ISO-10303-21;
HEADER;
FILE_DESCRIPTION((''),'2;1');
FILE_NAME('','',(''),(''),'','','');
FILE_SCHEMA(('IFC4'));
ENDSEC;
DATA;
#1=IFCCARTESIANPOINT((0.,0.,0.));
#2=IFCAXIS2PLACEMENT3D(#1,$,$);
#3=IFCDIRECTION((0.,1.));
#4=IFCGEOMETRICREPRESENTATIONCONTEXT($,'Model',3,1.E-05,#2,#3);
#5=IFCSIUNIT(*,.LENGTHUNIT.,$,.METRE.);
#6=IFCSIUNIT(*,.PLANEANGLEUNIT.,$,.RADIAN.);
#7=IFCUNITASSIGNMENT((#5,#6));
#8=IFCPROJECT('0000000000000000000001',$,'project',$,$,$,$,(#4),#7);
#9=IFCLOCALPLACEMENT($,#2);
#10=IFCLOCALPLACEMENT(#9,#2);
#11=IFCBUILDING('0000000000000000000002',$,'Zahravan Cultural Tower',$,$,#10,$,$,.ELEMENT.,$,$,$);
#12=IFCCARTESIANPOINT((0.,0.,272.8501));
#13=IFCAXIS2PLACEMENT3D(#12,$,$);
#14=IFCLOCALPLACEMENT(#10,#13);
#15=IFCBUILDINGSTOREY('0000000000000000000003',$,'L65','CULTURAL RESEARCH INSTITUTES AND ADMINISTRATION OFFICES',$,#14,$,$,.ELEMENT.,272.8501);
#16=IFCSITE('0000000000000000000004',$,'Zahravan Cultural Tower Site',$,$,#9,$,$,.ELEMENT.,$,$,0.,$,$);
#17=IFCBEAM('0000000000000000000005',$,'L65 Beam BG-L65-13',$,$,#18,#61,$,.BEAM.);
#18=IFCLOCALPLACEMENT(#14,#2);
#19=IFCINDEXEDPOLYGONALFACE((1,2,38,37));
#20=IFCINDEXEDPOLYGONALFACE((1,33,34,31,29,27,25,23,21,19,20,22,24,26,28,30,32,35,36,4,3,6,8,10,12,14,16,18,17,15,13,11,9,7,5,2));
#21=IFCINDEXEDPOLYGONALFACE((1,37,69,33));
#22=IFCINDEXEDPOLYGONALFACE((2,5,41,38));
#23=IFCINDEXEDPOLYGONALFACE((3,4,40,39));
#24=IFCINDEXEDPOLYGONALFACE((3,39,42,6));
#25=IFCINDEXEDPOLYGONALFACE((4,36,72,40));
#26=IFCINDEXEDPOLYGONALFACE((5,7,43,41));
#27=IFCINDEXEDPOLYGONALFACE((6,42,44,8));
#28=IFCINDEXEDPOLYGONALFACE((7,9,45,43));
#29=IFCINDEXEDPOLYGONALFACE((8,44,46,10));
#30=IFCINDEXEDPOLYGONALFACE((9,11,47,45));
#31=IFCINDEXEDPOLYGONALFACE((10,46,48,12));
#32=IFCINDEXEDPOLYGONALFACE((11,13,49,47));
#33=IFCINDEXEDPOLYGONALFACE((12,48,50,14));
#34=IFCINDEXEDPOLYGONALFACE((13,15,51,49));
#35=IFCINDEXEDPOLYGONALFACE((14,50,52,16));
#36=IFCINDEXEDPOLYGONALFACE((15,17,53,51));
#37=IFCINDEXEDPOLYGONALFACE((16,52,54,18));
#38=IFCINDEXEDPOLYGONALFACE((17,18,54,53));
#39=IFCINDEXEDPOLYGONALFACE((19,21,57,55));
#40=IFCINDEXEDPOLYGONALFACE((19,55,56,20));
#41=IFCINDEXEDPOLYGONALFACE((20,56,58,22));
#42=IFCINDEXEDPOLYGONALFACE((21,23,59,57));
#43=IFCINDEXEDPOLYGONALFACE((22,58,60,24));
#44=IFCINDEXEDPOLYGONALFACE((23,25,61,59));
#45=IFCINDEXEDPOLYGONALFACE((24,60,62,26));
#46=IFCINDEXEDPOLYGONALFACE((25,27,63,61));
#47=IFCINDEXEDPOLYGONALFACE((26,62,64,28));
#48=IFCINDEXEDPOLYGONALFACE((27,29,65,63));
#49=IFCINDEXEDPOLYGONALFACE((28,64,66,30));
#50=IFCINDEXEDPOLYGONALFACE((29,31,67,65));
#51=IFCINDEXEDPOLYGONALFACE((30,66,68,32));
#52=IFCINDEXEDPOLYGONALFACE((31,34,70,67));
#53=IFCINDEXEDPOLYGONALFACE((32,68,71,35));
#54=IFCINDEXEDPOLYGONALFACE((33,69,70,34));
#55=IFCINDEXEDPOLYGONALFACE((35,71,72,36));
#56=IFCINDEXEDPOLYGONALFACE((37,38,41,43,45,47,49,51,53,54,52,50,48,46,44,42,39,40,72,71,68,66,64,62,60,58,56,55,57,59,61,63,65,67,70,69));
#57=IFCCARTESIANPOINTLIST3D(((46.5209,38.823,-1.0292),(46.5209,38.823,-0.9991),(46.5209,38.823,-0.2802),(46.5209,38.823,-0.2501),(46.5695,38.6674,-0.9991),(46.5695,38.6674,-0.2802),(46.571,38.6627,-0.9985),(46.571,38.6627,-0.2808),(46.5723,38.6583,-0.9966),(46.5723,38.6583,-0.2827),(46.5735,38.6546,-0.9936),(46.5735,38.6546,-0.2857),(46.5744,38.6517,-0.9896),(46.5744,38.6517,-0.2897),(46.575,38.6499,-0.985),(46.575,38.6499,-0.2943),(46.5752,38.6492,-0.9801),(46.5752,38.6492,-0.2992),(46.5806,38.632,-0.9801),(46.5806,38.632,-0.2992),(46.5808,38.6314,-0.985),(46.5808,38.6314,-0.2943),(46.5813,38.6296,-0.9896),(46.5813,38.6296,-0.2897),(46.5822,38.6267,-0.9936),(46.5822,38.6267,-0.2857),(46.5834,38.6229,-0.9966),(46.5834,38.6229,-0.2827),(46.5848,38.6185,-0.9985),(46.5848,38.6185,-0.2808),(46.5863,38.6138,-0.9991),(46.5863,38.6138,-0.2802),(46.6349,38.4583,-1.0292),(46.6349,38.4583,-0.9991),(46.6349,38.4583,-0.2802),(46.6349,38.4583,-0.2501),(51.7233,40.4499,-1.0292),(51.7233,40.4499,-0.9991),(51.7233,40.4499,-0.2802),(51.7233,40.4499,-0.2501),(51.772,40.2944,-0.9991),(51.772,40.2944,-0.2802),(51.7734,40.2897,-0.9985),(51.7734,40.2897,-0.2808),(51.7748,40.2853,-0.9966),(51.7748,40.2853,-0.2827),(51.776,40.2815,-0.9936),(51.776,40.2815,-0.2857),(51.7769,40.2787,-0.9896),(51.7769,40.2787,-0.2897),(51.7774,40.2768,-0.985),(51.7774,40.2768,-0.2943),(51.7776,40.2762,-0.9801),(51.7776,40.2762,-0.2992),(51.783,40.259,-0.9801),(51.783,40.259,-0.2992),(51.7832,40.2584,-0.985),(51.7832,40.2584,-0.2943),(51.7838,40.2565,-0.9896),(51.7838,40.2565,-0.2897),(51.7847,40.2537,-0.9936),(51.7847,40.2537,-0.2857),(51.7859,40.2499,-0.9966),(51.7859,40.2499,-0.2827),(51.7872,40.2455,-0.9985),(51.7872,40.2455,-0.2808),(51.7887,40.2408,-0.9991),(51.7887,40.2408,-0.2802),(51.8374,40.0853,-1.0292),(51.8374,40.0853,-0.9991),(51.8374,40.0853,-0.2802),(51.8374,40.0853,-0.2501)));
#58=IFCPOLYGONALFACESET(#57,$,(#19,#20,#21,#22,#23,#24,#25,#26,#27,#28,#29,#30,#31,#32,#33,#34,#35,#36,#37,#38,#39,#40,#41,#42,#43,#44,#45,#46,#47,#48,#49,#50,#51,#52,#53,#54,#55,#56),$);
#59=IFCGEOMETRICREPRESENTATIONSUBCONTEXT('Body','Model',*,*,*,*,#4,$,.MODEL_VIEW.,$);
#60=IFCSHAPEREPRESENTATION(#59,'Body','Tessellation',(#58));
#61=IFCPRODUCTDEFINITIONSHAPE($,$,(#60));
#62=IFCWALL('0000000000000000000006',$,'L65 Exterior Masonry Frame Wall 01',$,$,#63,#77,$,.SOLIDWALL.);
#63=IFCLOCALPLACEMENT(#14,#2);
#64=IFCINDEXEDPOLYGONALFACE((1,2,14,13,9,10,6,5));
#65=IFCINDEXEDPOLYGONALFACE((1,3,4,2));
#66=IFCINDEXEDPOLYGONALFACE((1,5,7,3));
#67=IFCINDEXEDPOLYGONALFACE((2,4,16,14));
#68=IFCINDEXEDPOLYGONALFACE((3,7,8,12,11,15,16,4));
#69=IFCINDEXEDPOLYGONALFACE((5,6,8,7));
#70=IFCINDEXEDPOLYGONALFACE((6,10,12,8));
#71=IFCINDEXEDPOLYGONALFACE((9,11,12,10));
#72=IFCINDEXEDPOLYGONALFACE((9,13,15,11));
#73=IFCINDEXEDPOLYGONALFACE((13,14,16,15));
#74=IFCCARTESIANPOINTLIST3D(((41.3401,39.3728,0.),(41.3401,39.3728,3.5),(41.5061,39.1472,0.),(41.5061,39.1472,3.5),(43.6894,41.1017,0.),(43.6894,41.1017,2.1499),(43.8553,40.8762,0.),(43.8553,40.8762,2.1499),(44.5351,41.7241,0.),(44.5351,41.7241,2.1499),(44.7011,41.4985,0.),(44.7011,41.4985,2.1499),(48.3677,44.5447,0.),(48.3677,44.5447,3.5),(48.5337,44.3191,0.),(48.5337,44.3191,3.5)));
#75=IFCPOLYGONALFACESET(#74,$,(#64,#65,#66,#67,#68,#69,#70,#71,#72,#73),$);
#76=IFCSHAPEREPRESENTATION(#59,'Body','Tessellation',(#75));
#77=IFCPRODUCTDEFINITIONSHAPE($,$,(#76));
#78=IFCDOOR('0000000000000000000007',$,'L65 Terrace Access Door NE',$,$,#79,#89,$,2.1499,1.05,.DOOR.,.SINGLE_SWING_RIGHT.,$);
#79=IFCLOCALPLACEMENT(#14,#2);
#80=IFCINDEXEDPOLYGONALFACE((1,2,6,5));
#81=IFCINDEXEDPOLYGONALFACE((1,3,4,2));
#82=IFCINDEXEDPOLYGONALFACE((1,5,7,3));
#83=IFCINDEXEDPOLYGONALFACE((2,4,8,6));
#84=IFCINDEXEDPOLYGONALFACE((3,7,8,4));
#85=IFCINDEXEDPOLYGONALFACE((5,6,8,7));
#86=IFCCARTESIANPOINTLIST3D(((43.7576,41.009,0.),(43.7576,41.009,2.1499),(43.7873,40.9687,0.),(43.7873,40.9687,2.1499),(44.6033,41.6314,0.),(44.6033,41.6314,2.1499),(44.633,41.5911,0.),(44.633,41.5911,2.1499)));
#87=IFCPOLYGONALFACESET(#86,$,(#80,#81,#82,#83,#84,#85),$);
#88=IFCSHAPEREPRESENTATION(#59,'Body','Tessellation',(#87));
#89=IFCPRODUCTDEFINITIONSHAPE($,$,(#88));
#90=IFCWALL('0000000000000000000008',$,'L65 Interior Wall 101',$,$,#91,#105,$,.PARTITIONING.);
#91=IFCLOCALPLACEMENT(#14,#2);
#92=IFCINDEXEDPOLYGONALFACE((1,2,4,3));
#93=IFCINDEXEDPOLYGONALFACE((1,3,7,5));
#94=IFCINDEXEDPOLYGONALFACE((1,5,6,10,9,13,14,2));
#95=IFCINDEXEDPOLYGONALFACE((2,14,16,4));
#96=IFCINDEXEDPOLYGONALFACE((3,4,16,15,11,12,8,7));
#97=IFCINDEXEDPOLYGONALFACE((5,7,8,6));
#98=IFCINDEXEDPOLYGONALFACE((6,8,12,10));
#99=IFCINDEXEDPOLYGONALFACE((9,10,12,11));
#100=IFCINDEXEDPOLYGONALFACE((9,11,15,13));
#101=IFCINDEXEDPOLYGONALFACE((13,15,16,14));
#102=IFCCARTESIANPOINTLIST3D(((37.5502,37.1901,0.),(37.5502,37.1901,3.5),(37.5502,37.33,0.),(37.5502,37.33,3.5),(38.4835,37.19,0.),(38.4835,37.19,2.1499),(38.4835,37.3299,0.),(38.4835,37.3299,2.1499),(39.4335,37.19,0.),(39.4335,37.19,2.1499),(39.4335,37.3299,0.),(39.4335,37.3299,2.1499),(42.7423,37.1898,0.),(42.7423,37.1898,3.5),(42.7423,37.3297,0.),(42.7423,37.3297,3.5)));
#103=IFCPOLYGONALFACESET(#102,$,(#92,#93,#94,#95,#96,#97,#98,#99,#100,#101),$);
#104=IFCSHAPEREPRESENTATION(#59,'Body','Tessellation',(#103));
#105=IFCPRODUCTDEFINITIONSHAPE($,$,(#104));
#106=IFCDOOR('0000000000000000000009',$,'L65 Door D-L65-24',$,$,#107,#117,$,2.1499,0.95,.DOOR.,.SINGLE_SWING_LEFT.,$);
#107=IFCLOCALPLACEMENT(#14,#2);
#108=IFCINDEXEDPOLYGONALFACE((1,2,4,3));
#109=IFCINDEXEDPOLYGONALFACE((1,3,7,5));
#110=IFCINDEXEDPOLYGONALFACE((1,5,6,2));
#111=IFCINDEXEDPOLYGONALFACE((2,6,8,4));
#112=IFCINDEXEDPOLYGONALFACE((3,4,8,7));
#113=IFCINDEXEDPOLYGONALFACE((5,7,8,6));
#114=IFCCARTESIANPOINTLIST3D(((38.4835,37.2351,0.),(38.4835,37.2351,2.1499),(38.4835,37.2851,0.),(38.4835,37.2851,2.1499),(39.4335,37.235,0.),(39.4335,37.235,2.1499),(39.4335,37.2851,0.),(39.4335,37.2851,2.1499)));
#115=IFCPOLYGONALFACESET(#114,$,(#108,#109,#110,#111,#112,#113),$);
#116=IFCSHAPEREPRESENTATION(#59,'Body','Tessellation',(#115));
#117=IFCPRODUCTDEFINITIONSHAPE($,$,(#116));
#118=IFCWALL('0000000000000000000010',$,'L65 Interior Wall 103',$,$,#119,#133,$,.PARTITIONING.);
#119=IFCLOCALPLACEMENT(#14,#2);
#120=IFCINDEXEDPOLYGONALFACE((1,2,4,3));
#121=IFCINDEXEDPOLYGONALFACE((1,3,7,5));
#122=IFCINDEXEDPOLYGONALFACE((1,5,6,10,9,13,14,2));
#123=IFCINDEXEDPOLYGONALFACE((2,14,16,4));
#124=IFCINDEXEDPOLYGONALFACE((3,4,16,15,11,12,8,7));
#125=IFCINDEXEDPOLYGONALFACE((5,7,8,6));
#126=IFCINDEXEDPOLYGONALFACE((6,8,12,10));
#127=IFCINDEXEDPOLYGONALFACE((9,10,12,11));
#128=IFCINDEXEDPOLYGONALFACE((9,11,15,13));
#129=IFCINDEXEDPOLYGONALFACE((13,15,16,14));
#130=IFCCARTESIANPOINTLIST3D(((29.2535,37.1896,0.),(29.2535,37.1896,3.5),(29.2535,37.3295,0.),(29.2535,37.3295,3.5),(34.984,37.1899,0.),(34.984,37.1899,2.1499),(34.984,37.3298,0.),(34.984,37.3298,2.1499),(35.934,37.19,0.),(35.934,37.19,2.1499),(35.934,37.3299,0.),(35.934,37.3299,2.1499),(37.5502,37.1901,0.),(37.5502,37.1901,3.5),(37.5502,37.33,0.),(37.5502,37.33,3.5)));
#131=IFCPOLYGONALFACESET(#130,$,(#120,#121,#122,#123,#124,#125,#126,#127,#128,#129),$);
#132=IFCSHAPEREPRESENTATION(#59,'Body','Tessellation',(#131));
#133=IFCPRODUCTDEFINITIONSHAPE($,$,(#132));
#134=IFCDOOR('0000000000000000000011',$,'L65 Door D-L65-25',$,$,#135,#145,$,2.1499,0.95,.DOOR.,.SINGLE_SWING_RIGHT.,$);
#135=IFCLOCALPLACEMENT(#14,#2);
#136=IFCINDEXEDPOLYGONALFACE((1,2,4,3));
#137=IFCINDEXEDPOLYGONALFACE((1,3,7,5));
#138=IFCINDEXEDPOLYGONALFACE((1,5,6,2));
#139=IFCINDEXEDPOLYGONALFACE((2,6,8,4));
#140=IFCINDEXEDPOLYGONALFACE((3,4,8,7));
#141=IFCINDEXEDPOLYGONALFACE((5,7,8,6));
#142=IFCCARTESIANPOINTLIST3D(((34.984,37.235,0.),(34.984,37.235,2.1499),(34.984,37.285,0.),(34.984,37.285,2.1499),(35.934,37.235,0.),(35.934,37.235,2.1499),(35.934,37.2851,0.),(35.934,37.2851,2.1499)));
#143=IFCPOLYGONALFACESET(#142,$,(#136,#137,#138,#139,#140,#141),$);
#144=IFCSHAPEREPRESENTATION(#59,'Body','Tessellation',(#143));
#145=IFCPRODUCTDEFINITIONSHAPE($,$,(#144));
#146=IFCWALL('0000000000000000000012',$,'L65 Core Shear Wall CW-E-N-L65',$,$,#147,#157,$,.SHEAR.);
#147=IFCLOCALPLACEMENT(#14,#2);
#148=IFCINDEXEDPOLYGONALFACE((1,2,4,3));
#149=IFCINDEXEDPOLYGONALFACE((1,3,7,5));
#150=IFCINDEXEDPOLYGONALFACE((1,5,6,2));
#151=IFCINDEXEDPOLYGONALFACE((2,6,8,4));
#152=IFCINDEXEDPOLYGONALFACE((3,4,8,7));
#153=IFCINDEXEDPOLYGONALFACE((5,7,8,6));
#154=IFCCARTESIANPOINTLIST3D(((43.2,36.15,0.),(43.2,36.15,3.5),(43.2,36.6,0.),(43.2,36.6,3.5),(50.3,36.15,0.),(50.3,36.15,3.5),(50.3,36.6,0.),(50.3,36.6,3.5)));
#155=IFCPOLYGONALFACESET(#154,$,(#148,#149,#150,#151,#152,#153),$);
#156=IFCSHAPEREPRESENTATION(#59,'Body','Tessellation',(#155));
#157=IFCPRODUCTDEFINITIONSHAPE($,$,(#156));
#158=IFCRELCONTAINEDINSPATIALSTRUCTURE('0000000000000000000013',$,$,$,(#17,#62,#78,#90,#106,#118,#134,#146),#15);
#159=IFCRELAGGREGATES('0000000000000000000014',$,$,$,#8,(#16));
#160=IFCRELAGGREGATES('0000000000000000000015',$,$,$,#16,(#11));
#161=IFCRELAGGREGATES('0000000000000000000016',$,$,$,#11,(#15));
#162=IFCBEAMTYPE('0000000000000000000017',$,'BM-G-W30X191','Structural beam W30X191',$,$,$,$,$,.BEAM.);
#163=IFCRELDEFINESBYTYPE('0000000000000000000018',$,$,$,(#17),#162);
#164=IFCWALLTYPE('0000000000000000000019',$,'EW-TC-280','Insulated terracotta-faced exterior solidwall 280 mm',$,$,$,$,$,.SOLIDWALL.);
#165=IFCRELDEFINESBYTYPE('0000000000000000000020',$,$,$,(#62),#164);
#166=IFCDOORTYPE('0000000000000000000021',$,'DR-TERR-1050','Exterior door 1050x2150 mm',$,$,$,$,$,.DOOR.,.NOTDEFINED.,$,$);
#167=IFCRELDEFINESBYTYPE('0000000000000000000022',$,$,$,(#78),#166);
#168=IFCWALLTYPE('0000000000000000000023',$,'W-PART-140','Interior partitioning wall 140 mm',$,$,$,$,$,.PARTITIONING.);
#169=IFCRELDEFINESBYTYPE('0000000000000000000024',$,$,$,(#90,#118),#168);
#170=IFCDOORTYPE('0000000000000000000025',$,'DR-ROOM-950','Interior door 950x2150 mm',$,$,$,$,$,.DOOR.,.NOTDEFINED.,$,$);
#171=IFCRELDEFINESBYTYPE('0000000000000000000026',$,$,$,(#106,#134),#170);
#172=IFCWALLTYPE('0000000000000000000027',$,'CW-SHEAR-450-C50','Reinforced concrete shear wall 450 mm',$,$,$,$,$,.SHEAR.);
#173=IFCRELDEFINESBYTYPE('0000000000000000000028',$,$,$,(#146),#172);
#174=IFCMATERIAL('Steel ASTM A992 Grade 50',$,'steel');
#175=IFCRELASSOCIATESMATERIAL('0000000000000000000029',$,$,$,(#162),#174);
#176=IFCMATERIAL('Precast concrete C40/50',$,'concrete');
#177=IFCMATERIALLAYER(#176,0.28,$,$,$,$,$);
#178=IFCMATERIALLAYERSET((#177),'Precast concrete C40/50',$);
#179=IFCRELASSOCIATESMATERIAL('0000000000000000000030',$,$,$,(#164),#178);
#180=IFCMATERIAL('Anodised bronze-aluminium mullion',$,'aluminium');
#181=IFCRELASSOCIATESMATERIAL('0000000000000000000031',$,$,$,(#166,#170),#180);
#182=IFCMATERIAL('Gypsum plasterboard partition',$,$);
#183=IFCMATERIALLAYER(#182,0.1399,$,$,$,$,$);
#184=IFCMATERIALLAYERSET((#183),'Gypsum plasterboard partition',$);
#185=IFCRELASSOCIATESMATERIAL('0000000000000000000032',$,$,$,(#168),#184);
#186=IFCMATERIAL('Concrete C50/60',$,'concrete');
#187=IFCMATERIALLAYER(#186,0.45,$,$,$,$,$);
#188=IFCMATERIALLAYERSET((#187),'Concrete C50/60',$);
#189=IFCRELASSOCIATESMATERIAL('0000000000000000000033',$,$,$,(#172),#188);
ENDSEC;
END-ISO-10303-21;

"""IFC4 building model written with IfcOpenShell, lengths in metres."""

from ifc_helpers import new_model, si_unit, direction, frame, frame_2d, origin, origin_2d, place, context, subcontext, project, spatial, rectangle, i_section, extrude, source, transform, mapped, material, layer, layer_set, material_profile, profile_set, type_object, element, fill, save


model = new_model("IFC4")

# Units and contexts
model_context = context("Model", 3, precision=1e-05, world=origin(), true_north=direction((0.0, 1.0)))
body_context = subcontext(model_context, "Body", "Model", "MODEL_VIEW")
ifc_project = project(units=[si_unit("LENGTHUNIT", "METRE"), si_unit("PLANEANGLEUNIT", "RADIAN")], contexts=[model_context])

# Site, building, storey
site_placement = place(None, origin())
site = spatial("IfcSite", under=ifc_project, at=site_placement, Name="Zahravan Cultural Tower Site", CompositionType="ELEMENT", RefElevation=0.0)
building_placement = place(site_placement, origin())
building = spatial("IfcBuilding", under=site, at=building_placement, Name="Zahravan Cultural Tower", CompositionType="ELEMENT")
storey_placement = place(building_placement, frame((0.0, 0.0, 272.8501)))
storey = spatial("IfcBuildingStorey", under=building, at=storey_placement, Name="L65", Description="CULTURAL RESEARCH INSTITUTES AND ADMINISTRATION OFFICES", CompositionType="ELEMENT", Elevation=272.8501)

# Shared definitions
ifc_material_1 = material(Name="Concrete C50/60", Category="concrete")
ifc_material_2 = material(Name="Steel ASTM A992 Grade 50", Category="steel")

# Beam
ifc_material_profile_1 = material_profile(ifc_material_2, i_section(OverallWidth=0.3821, OverallDepth=0.7791, WebThickness=0.0181, FlangeThickness=0.03, FilletRadius=0.019, at=origin_2d()), Name="W30X191")
ifc_profile_set_1 = profile_set([ifc_material_profile_1], Name="Steel ASTM A992 Grade 50")
beam_type_1 = type_object("IfcBeamType", Name="BM-G-W30X191", Description="Structural beam W30X191", PredefinedType="BEAM", material=ifc_profile_set_1)
shared_shape_1 = source(origin(), body_context, "Body", "SweptSolid", [
    extrude(i_section(OverallWidth=0.3821, OverallDepth=0.7791, WebThickness=0.0181, FlangeThickness=0.03, FilletRadius=0.019, at=origin_2d()), origin(), (0.0, 0.0, 1.0), 5.4509),
])
beam_1_placement = place(storey_placement, frame((46.5779, 38.6406, -0.6396), z_axis=(0.954417, 0.298476, 0.0), x_axis=(-0.298476, 0.954417, 0.0)))
element("IfcBeam", 1, at=beam_1_placement, inside=storey, type_object=beam_type_1, Name="L65 Beam BG-L65-13", PredefinedType="BEAM", context=body_context, shape_type="MappedRepresentation", body=[
    mapped(shared_shape_1, transform((0.0, 0.0, 0.0), x_axis=(1.0, 0.0, 0.0), y_axis=(0.0, 1.0, 0.0), z_axis=(0.0, 0.0, 1.0), scale=1.0)),
])

# Walls, openings, doors
ifc_material_3 = material(Name="Precast concrete C40/50", Category="concrete")
ifc_layer_1 = layer(ifc_material_3, 0.28)
ifc_layer_set_1 = layer_set([ifc_layer_1], Name="Precast concrete C40/50")
wall_type_1 = type_object("IfcWallType", Name="EW-TC-280", Description="Insulated terracotta-faced exterior solidwall 280 mm", PredefinedType="SOLIDWALL", material=ifc_layer_set_1)
wall_1_placement = place(storey_placement, frame((41.4231, 39.26, 0.0), z_axis=(0.0, 0.0, 1.0), x_axis=(0.805403, 0.592727, 0.0)))
wall_1 = element("IfcWall", 2, at=wall_1_placement, inside=storey, type_object=wall_type_1, Name="L65 Exterior Masonry Frame Wall 01", PredefinedType="SOLIDWALL", context=body_context, shape_type="SweptSolid", body=[
    extrude(rectangle(XDim=8.7256, YDim=0.28, at=frame_2d((4.3628, 0.0))), origin(), (0.0, 0.0, 1.0), 3.5),
])
opening_1_placement = place(wall_1_placement, frame((2.917, 0.0, 0.0)))
opening_1 = element("IfcOpeningElement", 3, at=opening_1_placement, cuts=wall_1, PredefinedType="OPENING", context=body_context, shape_type="SweptSolid", body=[
    extrude(rectangle(XDim=1.05, YDim=2.1499, at=frame_2d((0.5249, 1.075))), frame((0.0, 0.1499, 0.0), z_axis=(0.0, -1.0, 0.0), x_axis=(1.0, 0.0, 0.0)), (0.0, 0.0, 1.0), 0.3),
])
ifc_material_4 = material(Name="Anodised bronze-aluminium mullion", Category="aluminium")
door_type_1 = type_object("IfcDoorType", Name="DR-TERR-1050", Description="Exterior door 1050x2150 mm", OperationType="NOTDEFINED", PredefinedType="DOOR", material=ifc_material_4)
shared_shape_2 = source(origin(), body_context, "Body", "SweptSolid", [
    extrude(rectangle(XDim=1.05, YDim=2.1499, at=frame_2d((0.5249, 1.075))), frame((0.0, 0.0249, 0.0), z_axis=(0.0, -1.0, 0.0), x_axis=(1.0, 0.0, 0.0)), (0.0, 0.0, 1.0), 0.05),
])
door_1_placement = place(opening_1_placement, origin())
door_1 = element("IfcDoor", 4, at=door_1_placement, inside=storey, type_object=door_type_1, Name="L65 Terrace Access Door NE", OperationType="SINGLE_SWING_RIGHT", OverallHeight=2.1499, OverallWidth=1.05, PredefinedType="DOOR", context=body_context, shape_type="MappedRepresentation", body=[
    mapped(shared_shape_2, transform((0.0, 0.0, 0.0), x_axis=(1.0, 0.0, 0.0), y_axis=(0.0, 1.0, 0.0), z_axis=(0.0, 0.0, 1.0), scale=1.0)),
])
fill(opening_1, door_1)
ifc_material_5 = material(Name="Gypsum plasterboard partition")
ifc_layer_2 = layer(ifc_material_5, 0.1399)
ifc_layer_set_2 = layer_set([ifc_layer_2], Name="Gypsum plasterboard partition")
wall_type_2 = type_object("IfcWallType", Name="W-PART-140", Description="Interior partitioning wall 140 mm", PredefinedType="PARTITIONING", material=ifc_layer_set_2)
wall_2_placement = place(storey_placement, frame((42.7424, 37.2598, 0.0), z_axis=(0.0, 0.0, 1.0), x_axis=(-1.0, 0.000047, 0.0)))
wall_2 = element("IfcWall", 5, at=wall_2_placement, inside=storey, type_object=wall_type_2, Name="L65 Interior Wall 101", PredefinedType="PARTITIONING", context=body_context, shape_type="SweptSolid", body=[
    extrude(rectangle(XDim=5.1921, YDim=0.1399, at=frame_2d((2.5962, 0.0))), origin(), (0.0, 0.0, 1.0), 3.5),
])
opening_2_placement = place(wall_2_placement, frame((3.3088, 0.0, 0.0)))
opening_2 = element("IfcOpeningElement", 6, at=opening_2_placement, cuts=wall_2, PredefinedType="OPENING", context=body_context, shape_type="SweptSolid", body=[
    extrude(rectangle(XDim=0.95, YDim=2.1499, at=frame_2d((0.4751, 1.075))), frame((0.0, 0.0798, 0.0), z_axis=(0.0, -1.0, 0.0), x_axis=(1.0, 0.0, 0.0)), (0.0, 0.0, 1.0), 0.1599),
])
door_type_2 = type_object("IfcDoorType", Name="DR-ROOM-950", Description="Interior door 950x2150 mm", OperationType="NOTDEFINED", PredefinedType="DOOR", material=ifc_material_4)
shared_shape_3 = source(origin(), body_context, "Body", "SweptSolid", [
    extrude(rectangle(XDim=0.95, YDim=2.1499, at=frame_2d((0.4751, 1.075))), frame((0.0, 0.0249, 0.0), z_axis=(0.0, -1.0, 0.0), x_axis=(1.0, 0.0, 0.0)), (0.0, 0.0, 1.0), 0.05),
])
door_2_placement = place(opening_2_placement, origin())
door_2 = element("IfcDoor", 7, at=door_2_placement, inside=storey, type_object=door_type_2, Name="L65 Door D-L65-24", OperationType="SINGLE_SWING_LEFT", OverallHeight=2.1499, OverallWidth=0.95, PredefinedType="DOOR", context=body_context, shape_type="MappedRepresentation", body=[
    mapped(shared_shape_3, transform((0.0, 0.0, 0.0), x_axis=(1.0, 0.0, 0.0), y_axis=(0.0, 1.0, 0.0), z_axis=(0.0, 0.0, 1.0), scale=1.0)),
])
fill(opening_2, door_2)
wall_3_placement = place(storey_placement, frame((37.5503, 37.26, 0.0), z_axis=(0.0, 0.0, 1.0), x_axis=(-1.0, -0.000059, 0.0)))
wall_3 = element("IfcWall", 8, at=wall_3_placement, inside=storey, type_object=wall_type_2, Name="L65 Interior Wall 103", PredefinedType="PARTITIONING", context=body_context, shape_type="SweptSolid", body=[
    extrude(rectangle(XDim=8.2966, YDim=0.1399, at=frame_2d((4.1484, 0.0))), origin(), (0.0, 0.0, 1.0), 3.5),
])
opening_3_placement = place(wall_3_placement, frame((1.6162, 0.0, 0.0)))
opening_3 = element("IfcOpeningElement", 9, at=opening_3_placement, cuts=wall_3, PredefinedType="OPENING", context=body_context, shape_type="SweptSolid", body=[
    extrude(rectangle(XDim=0.95, YDim=2.1499, at=frame_2d((0.4751, 1.075))), frame((0.0, 0.0798, 0.0), z_axis=(0.0, -1.0, 0.0), x_axis=(1.0, 0.0, 0.0)), (0.0, 0.0, 1.0), 0.1599),
])
door_3_placement = place(opening_3_placement, origin())
door_3 = element("IfcDoor", 10, at=door_3_placement, inside=storey, type_object=door_type_2, Name="L65 Door D-L65-25", OperationType="SINGLE_SWING_RIGHT", OverallHeight=2.1499, OverallWidth=0.95, PredefinedType="DOOR", context=body_context, shape_type="MappedRepresentation", body=[
    mapped(shared_shape_3, transform((0.0, 0.0, 0.0), x_axis=(1.0, 0.0, 0.0), y_axis=(0.0, 1.0, 0.0), z_axis=(0.0, 0.0, 1.0), scale=1.0)),
])
fill(opening_3, door_3)

# Wall
ifc_layer_3 = layer(ifc_material_1, 0.45)
ifc_layer_set_3 = layer_set([ifc_layer_3], Name="Concrete C50/60")
wall_type_3 = type_object("IfcWallType", Name="CW-SHEAR-450-C50", Description="Reinforced concrete shear wall 450 mm", PredefinedType="SHEAR", material=ifc_layer_set_3)
shared_shape_4 = source(origin(), body_context, "Body", "SweptSolid", [
    extrude(rectangle(XDim=7.1001, YDim=0.45, at=frame_2d((3.55, 0.0))), origin(), (0.0, 0.0, 1.0), 3.5),
])
wall_4_placement = place(storey_placement, frame((43.2, 36.375, 0.0), z_axis=(0.0, 0.0, 1.0), x_axis=(1.0, 0.0, 0.0)))
element("IfcWall", 11, at=wall_4_placement, inside=storey, type_object=wall_type_3, Name="L65 Core Shear Wall CW-E-N-L65", PredefinedType="SHEAR", context=body_context, shape_type="MappedRepresentation", body=[
    mapped(shared_shape_4, transform((0.0, 0.0, 0.0), x_axis=(1.0, 0.0, 0.0), y_axis=(0.0, 1.0, 0.0), z_axis=(0.0, 0.0, 1.0), scale=1.0)),
])

save(model, "model.ifc")
